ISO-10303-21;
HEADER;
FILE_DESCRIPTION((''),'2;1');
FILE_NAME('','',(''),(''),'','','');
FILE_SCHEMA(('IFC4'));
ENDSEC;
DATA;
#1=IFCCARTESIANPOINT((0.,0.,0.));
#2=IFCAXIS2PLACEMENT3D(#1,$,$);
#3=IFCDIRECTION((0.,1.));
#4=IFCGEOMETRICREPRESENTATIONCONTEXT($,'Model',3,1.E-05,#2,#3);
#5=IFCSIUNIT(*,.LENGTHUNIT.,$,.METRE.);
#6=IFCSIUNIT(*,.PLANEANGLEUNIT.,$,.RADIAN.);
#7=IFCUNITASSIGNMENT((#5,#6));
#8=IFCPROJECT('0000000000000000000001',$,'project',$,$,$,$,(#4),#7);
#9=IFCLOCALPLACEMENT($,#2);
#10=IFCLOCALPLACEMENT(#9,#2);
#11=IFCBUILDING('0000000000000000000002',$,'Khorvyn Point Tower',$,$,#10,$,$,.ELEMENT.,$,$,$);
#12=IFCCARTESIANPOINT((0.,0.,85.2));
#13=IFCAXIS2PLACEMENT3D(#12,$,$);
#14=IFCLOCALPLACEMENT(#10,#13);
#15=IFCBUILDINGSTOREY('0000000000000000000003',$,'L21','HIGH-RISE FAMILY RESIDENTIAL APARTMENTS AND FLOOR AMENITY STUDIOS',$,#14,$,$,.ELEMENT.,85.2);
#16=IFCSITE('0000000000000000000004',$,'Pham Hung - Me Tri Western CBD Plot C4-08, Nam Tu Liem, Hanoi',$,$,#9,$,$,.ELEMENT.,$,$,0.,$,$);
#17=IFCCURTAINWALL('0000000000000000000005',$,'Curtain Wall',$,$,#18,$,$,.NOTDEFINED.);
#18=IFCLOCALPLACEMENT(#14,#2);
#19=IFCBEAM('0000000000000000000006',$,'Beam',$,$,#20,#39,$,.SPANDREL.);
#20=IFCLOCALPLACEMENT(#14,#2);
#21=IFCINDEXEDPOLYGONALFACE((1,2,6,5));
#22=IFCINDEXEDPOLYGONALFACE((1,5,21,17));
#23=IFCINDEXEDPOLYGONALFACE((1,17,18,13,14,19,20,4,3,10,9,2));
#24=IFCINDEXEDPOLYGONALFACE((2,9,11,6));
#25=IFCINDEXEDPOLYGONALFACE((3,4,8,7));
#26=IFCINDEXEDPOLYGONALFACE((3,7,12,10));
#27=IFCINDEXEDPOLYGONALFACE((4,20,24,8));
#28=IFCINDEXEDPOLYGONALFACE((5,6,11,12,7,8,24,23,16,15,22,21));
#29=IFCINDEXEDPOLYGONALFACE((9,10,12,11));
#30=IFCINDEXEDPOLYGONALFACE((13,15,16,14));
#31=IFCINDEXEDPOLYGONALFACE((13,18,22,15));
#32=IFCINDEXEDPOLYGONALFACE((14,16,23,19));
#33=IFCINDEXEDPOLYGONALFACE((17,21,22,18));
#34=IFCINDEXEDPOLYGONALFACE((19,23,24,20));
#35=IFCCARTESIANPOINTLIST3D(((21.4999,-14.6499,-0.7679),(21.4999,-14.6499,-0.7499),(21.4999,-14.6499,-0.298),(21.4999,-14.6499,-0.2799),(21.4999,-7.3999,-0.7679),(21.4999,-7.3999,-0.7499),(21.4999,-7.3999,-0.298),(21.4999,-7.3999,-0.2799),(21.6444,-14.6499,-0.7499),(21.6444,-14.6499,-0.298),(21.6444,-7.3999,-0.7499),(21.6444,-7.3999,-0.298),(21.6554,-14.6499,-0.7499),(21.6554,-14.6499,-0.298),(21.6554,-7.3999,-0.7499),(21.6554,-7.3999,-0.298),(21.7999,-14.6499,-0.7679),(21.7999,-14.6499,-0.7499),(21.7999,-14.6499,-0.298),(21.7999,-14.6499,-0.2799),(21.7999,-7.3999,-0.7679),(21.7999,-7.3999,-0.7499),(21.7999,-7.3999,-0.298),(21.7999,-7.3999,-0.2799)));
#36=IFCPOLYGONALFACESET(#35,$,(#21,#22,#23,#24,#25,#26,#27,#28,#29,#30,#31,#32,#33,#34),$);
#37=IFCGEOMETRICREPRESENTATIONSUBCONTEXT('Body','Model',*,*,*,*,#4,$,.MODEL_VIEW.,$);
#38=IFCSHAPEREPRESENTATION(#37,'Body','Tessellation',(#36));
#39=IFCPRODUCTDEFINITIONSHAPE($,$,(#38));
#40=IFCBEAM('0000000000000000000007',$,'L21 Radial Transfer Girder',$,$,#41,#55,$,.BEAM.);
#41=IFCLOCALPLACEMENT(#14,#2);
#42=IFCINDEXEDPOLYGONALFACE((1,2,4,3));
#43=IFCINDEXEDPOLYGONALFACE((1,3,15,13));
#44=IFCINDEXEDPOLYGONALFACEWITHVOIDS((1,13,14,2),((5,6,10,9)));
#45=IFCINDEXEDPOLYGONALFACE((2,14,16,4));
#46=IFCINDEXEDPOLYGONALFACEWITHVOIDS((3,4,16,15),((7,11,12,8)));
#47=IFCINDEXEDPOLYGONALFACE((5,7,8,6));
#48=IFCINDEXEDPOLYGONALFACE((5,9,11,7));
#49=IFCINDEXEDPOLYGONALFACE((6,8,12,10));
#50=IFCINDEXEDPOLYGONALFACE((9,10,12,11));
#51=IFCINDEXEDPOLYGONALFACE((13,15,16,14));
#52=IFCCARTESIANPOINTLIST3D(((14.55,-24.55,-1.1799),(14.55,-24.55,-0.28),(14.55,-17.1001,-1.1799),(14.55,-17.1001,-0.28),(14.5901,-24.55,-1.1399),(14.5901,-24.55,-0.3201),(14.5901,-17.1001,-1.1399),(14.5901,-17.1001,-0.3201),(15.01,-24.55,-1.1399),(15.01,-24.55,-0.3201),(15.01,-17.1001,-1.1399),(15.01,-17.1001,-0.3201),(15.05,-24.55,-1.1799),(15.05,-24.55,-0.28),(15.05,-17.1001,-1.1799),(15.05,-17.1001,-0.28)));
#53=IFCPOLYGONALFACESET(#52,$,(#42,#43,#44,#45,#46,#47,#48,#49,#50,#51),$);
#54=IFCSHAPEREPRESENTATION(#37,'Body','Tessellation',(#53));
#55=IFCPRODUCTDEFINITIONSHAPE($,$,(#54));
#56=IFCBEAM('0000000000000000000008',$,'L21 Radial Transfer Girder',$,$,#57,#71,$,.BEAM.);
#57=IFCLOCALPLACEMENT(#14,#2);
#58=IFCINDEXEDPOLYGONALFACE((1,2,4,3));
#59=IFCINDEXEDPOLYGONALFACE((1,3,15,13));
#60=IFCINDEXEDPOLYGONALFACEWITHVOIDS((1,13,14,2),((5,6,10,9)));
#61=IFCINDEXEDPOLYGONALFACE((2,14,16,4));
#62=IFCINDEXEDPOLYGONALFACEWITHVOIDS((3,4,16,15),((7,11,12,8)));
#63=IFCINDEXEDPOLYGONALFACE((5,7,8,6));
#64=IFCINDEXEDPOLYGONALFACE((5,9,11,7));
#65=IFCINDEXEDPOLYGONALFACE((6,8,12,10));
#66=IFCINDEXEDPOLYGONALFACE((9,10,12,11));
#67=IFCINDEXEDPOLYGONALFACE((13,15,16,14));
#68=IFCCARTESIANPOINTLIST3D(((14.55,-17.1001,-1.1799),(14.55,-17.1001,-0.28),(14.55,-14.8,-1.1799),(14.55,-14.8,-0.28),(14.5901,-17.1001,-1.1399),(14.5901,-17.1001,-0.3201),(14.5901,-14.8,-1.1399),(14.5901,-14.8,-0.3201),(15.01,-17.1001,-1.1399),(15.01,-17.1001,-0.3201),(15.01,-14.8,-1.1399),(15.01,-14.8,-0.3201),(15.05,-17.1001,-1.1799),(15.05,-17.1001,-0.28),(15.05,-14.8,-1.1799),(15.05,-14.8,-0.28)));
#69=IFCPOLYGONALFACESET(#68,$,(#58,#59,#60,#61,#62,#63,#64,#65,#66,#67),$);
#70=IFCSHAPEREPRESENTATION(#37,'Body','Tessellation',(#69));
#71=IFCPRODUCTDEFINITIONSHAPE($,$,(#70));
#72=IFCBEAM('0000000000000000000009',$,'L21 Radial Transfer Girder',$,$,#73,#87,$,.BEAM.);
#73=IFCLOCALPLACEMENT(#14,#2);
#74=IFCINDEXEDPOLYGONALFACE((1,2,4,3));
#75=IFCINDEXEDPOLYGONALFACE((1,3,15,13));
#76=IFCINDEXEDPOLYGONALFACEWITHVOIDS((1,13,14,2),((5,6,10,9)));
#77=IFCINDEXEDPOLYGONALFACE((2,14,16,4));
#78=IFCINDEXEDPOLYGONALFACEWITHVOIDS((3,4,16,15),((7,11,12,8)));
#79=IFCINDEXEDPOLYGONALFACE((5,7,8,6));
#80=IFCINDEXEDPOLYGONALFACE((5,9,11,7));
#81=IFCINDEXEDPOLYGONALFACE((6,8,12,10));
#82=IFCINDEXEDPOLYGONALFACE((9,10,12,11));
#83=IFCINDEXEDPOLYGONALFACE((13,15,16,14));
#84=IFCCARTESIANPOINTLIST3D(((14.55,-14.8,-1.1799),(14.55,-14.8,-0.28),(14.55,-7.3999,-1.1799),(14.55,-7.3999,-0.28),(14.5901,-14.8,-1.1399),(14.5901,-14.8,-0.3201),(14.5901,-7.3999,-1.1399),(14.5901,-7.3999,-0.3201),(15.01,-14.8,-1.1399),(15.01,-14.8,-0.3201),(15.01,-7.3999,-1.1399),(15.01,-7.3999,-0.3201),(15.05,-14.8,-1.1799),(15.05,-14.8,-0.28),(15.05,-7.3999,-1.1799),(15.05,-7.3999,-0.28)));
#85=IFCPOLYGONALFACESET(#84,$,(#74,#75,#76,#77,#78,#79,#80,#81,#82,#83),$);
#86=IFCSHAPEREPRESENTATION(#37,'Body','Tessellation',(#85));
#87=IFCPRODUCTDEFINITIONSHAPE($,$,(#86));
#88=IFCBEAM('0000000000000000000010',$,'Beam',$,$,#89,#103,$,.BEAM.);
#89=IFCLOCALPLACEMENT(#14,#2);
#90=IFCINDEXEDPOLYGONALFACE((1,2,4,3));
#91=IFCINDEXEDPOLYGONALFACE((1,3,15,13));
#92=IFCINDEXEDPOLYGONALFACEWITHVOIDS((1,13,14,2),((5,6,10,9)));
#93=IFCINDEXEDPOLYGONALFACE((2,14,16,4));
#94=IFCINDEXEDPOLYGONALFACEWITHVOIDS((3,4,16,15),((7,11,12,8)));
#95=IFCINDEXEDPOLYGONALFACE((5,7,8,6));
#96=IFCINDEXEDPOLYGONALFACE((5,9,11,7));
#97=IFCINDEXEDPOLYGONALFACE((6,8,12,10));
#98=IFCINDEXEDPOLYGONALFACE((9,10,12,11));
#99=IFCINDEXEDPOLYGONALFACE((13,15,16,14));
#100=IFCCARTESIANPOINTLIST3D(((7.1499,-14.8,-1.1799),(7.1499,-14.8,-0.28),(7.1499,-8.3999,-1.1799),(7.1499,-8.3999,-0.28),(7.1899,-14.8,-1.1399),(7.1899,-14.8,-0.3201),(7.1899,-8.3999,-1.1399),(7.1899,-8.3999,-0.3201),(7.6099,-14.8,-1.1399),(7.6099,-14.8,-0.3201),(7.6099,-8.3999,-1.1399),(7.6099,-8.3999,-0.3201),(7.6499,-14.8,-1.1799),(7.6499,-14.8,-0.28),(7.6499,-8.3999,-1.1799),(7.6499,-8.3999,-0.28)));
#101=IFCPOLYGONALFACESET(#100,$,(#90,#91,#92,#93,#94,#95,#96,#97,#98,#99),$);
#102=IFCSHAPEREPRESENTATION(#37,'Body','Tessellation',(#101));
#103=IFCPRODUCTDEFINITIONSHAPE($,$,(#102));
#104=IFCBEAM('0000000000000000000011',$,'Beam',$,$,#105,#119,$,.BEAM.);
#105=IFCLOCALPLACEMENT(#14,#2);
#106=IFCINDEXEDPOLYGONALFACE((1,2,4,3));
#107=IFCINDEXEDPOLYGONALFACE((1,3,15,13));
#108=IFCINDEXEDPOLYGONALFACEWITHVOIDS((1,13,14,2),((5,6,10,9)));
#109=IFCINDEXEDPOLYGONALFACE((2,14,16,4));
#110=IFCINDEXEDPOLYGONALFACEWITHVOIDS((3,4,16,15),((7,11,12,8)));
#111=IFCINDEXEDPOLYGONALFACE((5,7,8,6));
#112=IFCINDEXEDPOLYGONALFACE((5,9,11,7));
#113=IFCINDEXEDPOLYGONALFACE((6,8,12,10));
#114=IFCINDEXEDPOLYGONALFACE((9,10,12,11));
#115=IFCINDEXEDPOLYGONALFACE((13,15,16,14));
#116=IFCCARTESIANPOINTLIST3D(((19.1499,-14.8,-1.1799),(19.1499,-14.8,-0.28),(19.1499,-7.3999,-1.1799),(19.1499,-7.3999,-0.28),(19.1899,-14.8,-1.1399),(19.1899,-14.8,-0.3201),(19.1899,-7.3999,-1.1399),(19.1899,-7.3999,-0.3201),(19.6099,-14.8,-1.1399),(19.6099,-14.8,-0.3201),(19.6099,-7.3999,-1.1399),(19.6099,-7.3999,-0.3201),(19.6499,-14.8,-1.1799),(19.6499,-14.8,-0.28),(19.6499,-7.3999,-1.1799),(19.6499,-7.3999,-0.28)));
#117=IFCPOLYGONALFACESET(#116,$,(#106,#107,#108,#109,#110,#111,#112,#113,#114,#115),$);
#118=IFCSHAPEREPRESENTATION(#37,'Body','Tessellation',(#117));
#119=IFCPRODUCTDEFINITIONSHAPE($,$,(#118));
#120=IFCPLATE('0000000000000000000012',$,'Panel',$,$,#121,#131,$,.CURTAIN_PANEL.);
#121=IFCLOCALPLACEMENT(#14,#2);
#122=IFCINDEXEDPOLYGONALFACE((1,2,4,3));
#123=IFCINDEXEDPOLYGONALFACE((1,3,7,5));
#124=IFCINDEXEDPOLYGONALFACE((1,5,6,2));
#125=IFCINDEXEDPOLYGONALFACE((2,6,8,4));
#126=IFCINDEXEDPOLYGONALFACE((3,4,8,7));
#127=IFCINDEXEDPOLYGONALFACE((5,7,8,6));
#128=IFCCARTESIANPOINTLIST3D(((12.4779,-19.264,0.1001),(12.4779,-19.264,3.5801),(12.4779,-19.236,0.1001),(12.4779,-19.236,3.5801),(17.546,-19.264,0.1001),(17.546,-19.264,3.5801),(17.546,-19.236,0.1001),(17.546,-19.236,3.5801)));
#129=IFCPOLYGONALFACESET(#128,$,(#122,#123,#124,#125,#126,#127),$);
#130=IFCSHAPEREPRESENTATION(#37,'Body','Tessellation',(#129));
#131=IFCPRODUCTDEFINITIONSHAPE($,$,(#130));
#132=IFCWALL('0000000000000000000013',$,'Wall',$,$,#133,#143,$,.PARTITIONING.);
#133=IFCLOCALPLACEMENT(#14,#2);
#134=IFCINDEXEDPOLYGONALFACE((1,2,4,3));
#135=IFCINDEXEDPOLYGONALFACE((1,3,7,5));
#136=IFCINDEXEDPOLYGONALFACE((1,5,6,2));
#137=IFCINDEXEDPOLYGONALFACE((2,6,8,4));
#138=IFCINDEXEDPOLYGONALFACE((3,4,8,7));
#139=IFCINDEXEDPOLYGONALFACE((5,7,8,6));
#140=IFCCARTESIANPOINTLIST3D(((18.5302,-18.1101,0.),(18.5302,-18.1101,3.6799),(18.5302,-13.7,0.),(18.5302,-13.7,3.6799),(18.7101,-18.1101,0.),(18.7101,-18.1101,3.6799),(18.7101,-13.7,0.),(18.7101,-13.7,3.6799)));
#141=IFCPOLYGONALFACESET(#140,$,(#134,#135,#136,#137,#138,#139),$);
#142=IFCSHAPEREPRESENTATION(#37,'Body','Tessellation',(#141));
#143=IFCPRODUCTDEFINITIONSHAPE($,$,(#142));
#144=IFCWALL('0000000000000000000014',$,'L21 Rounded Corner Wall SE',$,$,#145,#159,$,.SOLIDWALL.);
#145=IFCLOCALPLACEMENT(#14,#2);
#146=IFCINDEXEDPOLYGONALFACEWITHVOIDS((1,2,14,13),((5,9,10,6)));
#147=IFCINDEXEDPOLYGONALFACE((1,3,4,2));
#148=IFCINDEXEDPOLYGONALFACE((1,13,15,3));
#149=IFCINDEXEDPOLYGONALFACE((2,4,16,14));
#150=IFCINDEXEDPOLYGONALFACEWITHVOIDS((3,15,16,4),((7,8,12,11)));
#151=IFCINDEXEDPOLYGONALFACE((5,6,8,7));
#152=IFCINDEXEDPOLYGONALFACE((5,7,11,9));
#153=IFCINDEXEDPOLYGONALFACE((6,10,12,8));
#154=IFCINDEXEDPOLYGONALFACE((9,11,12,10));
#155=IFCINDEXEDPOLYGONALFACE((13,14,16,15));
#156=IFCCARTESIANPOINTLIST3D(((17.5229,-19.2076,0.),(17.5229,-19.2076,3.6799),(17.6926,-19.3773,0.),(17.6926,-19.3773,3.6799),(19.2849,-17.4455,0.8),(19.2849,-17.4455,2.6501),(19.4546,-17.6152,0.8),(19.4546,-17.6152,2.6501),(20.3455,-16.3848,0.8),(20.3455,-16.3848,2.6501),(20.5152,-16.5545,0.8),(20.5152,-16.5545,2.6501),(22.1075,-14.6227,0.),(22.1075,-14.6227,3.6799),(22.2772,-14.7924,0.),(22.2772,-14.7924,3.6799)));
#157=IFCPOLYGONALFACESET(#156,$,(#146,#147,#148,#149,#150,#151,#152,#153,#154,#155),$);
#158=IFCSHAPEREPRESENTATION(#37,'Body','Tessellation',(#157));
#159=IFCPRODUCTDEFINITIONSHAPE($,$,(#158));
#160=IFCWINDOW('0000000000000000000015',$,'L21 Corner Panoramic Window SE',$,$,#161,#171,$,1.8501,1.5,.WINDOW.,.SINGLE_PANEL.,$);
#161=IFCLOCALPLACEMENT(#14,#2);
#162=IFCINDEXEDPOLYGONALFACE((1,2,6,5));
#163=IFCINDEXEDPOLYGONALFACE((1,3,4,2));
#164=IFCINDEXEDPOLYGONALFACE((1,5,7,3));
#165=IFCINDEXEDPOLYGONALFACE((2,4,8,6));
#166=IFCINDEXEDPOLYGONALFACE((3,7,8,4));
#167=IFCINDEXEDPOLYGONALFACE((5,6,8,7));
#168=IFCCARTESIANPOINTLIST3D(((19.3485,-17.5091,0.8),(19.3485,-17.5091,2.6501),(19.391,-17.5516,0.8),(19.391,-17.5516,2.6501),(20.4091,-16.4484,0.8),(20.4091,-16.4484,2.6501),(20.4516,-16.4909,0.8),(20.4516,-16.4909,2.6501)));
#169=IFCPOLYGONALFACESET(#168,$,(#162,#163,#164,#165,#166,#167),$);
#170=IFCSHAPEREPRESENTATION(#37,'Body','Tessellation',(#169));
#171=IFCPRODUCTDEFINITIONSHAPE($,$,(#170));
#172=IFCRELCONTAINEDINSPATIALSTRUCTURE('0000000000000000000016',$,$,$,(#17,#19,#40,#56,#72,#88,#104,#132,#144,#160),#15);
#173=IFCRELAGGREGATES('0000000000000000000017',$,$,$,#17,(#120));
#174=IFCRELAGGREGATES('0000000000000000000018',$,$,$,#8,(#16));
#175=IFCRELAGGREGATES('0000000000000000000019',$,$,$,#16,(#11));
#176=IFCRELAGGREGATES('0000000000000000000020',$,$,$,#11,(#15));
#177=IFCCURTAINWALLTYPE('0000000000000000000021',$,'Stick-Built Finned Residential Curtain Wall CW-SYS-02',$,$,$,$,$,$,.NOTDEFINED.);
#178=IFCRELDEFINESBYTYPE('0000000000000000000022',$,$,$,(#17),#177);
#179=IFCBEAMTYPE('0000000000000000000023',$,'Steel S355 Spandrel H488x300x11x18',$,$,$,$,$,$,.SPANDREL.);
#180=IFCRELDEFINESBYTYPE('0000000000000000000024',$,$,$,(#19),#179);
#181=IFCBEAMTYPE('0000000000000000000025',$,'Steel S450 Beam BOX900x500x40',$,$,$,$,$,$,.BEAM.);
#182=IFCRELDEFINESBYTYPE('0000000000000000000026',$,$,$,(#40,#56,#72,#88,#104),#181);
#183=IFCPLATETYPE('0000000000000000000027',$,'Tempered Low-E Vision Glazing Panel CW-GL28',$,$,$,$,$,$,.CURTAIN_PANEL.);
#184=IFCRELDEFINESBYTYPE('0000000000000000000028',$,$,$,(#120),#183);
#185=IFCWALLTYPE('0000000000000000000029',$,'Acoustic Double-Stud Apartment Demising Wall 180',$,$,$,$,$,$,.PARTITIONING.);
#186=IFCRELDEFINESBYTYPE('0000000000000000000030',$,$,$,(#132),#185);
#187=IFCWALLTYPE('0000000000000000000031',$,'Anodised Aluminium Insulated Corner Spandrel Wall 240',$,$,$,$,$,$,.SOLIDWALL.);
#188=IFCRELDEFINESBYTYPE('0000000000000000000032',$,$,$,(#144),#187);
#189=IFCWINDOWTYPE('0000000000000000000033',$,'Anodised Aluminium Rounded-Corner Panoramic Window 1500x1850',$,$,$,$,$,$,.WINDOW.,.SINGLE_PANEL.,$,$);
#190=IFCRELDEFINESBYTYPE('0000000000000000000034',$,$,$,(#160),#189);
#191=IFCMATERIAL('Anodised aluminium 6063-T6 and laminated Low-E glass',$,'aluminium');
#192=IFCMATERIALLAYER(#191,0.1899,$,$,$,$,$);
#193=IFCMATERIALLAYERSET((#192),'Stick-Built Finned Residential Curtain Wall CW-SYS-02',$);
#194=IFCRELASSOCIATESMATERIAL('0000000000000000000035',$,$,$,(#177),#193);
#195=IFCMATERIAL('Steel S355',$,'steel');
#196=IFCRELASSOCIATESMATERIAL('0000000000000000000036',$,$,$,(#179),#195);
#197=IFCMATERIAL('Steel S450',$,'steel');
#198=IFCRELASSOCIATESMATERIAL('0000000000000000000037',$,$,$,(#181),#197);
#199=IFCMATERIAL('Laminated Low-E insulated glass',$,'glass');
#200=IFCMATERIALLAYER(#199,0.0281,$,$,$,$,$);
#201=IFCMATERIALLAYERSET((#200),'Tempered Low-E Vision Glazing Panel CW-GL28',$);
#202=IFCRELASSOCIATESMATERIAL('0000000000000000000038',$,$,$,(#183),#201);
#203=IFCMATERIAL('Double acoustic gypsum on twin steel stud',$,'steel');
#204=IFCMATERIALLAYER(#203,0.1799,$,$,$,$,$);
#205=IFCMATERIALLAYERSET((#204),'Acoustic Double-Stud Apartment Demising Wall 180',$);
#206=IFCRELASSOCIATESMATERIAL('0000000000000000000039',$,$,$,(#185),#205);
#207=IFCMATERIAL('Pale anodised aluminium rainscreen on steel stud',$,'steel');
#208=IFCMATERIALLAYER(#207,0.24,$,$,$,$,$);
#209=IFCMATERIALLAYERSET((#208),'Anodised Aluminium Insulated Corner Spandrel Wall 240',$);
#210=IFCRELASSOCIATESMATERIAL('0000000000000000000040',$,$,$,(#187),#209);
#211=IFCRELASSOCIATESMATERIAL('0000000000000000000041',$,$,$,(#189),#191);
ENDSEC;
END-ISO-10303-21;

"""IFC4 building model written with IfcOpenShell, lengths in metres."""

from ifc_helpers import new_model, si_unit, direction, frame, frame_2d, origin, origin_2d, place, context, subcontext, project, spatial, rectangle, hollow_rectangle, i_section, extrude, material, layer, layer_set, material_profile, profile_set, type_object, element, fill, aggregate, save


model = new_model("IFC4")

# Units and contexts
model_context = context("Model", 3, precision=1e-05, world=origin(), true_north=direction((0.0, 1.0)))
body_context = subcontext(model_context, "Body", "Model", "MODEL_VIEW")
ifc_project = project(units=[si_unit("LENGTHUNIT", "METRE"), si_unit("PLANEANGLEUNIT", "RADIAN")], contexts=[model_context])

# Site, building, storey
site_placement = place(None, origin())
site = spatial("IfcSite", under=ifc_project, at=site_placement, Name="Pham Hung - Me Tri Western CBD Plot C4-08, Nam Tu Liem, Hanoi", CompositionType="ELEMENT", RefElevation=0.0)
building_placement = place(site_placement, origin())
building = spatial("IfcBuilding", under=site, at=building_placement, Name="Khorvyn Point Tower", CompositionType="ELEMENT")
storey_placement = place(building_placement, frame((0.0, 0.0, 85.2)))
storey = spatial("IfcBuildingStorey", under=building, at=storey_placement, Name="L21", Description="HIGH-RISE FAMILY RESIDENTIAL APARTMENTS AND FLOOR AMENITY STUDIOS", CompositionType="ELEMENT", Elevation=85.2)

# Shared definitions
ifc_material_1 = material(Name="Steel S450", Category="steel")

# Curtain wall
ifc_material_2 = material(Name="Anodised aluminium 6063-T6 and laminated Low-E glass", Category="aluminium")
ifc_layer_1 = layer(ifc_material_2, 0.1899)
ifc_layer_set_1 = layer_set([ifc_layer_1], Name="Stick-Built Finned Residential Curtain Wall CW-SYS-02")
curtain_wall_type = type_object("IfcCurtainWallType", Name="Stick-Built Finned Residential Curtain Wall CW-SYS-02", PredefinedType="NOTDEFINED", material=ifc_layer_set_1)
curtain_wall_1_placement = place(storey_placement, origin())
curtain_wall_1 = element("IfcCurtainWall", 1, at=curtain_wall_1_placement, inside=storey, type_object=curtain_wall_type, Name="Curtain Wall", PredefinedType="NOTDEFINED")

# Beams
ifc_material_3 = material(Name="Steel S355", Category="steel")
ifc_material_profile_1 = material_profile(ifc_material_3, i_section(OverallWidth=0.3, OverallDepth=0.488, WebThickness=0.011, FlangeThickness=0.0181, at=origin_2d()))
ifc_profile_set_1 = profile_set([ifc_material_profile_1], Name="Steel S355 H488x300x11x18")
beam_type_1 = type_object("IfcBeamType", Name="Steel S355 Spandrel H488x300x11x18", PredefinedType="SPANDREL", material=ifc_profile_set_1)
beam_1_placement = place(storey_placement, frame((21.6499, -14.6499, -0.5239), z_axis=(0.0, 1.0, 0.0), x_axis=(-1.0, 0.0, 0.0)))
element("IfcBeam", 2, at=beam_1_placement, inside=storey, type_object=beam_type_1, Name="Beam", PredefinedType="SPANDREL", context=body_context, shape_type="SweptSolid", body=[
    extrude(i_section(OverallWidth=0.3, OverallDepth=0.488, WebThickness=0.011, FlangeThickness=0.0181, at=origin_2d()), origin(), (0.0, 0.0, 1.0), 7.25),
])
ifc_material_profile_2 = material_profile(ifc_material_1, hollow_rectangle(XDim=0.5, YDim=0.8999, WallThickness=0.04, at=origin_2d()))
ifc_profile_set_2 = profile_set([ifc_material_profile_2], Name="Steel S450 BOX900x500x40")
beam_type_2 = type_object("IfcBeamType", Name="Steel S450 Beam BOX900x500x40", PredefinedType="BEAM", material=ifc_profile_set_2)
beam_2_placement = place(storey_placement, frame((14.8, -24.55, -0.73), z_axis=(0.0, 1.0, 0.0), x_axis=(-1.0, 0.0, 0.0)))
element("IfcBeam", 3, at=beam_2_placement, inside=storey, type_object=beam_type_2, Name="L21 Radial Transfer Girder", PredefinedType="BEAM", context=body_context, shape_type="SweptSolid", body=[
    extrude(hollow_rectangle(XDim=0.5, YDim=0.8999, WallThickness=0.04, at=origin_2d()), origin(), (0.0, 0.0, 1.0), 7.45),
])
beam_3_placement = place(storey_placement, frame((14.8, -17.1001, -0.73), z_axis=(0.0, 1.0, 0.0), x_axis=(-1.0, 0.0, 0.0)))
element("IfcBeam", 4, at=beam_3_placement, inside=storey, type_object=beam_type_2, Name="L21 Radial Transfer Girder", PredefinedType="BEAM", context=body_context, shape_type="SweptSolid", body=[
    extrude(hollow_rectangle(XDim=0.5, YDim=0.8999, WallThickness=0.04, at=origin_2d()), origin(), (0.0, 0.0, 1.0), 2.3),
])
beam_4_placement = place(storey_placement, frame((14.8, -14.8, -0.73), z_axis=(0.0, 1.0, 0.0), x_axis=(-1.0, 0.0, 0.0)))
element("IfcBeam", 5, at=beam_4_placement, inside=storey, type_object=beam_type_2, Name="L21 Radial Transfer Girder", PredefinedType="BEAM", context=body_context, shape_type="SweptSolid", body=[
    extrude(hollow_rectangle(XDim=0.5, YDim=0.8999, WallThickness=0.04, at=origin_2d()), origin(), (0.0, 0.0, 1.0), 7.4001),
])
beam_5_placement = place(storey_placement, frame((7.3999, -14.8, -0.73), z_axis=(0.0, 1.0, 0.0), x_axis=(-1.0, 0.0, 0.0)))
element("IfcBeam", 6, at=beam_5_placement, inside=storey, type_object=beam_type_2, Name="Beam", PredefinedType="BEAM", context=body_context, shape_type="SweptSolid", body=[
    extrude(hollow_rectangle(XDim=0.5, YDim=0.8999, WallThickness=0.04, at=origin_2d()), origin(), (0.0, 0.0, 1.0), 6.4001),
])
beam_6_placement = place(storey_placement, frame((19.3999, -14.8, -0.73), z_axis=(0.0, 1.0, 0.0), x_axis=(-1.0, 0.0, 0.0)))
element("IfcBeam", 7, at=beam_6_placement, inside=storey, type_object=beam_type_2, Name="Beam", PredefinedType="BEAM", context=body_context, shape_type="SweptSolid", body=[
    extrude(hollow_rectangle(XDim=0.5, YDim=0.8999, WallThickness=0.04, at=origin_2d()), origin(), (0.0, 0.0, 1.0), 7.4001),
])

# Plate
ifc_material_4 = material(Name="Laminated Low-E insulated glass", Category="glass")
ifc_layer_2 = layer(ifc_material_4, 0.0281)
ifc_layer_set_2 = layer_set([ifc_layer_2], Name="Tempered Low-E Vision Glazing Panel CW-GL28")
plate_type = type_object("IfcPlateType", Name="Tempered Low-E Vision Glazing Panel CW-GL28", PredefinedType="CURTAIN_PANEL", material=ifc_layer_set_2)
plate_placement = place(storey_placement, frame((15.012, -19.25, 0.1001), z_axis=(0.0, 0.0, 1.0), x_axis=(-1.0, 0.0, 0.0)))
plate = element("IfcPlate", 8, at=plate_placement, type_object=plate_type, Name="Panel", PredefinedType="CURTAIN_PANEL", context=body_context, shape_type="SweptSolid", body=[
    extrude(rectangle(XDim=5.0681, YDim=0.0281, at=origin_2d()), origin(), (0.0, 0.0, 1.0), 3.48),
])
aggregate(curtain_wall_1, [plate])

# Wall
ifc_material_5 = material(Name="Double acoustic gypsum on twin steel stud", Category="steel")
ifc_layer_3 = layer(ifc_material_5, 0.1799)
ifc_layer_set_3 = layer_set([ifc_layer_3], Name="Acoustic Double-Stud Apartment Demising Wall 180")
wall_type_1 = type_object("IfcWallType", Name="Acoustic Double-Stud Apartment Demising Wall 180", PredefinedType="PARTITIONING", material=ifc_layer_set_3)
wall_1_placement = place(storey_placement, frame((18.6201, -18.1101, 0.0), z_axis=(0.0, 0.0, 1.0), x_axis=(0.0, 1.0, 0.0)))
element("IfcWall", 9, at=wall_1_placement, inside=storey, type_object=wall_type_1, Name="Wall", PredefinedType="PARTITIONING", context=body_context, shape_type="SweptSolid", body=[
    extrude(rectangle(XDim=4.4102, YDim=0.1799, at=frame_2d((2.2051, 0.0))), origin(), (0.0, 0.0, 1.0), 3.6799),
])

# Wall, opening, window
ifc_material_6 = material(Name="Pale anodised aluminium rainscreen on steel stud", Category="steel")
ifc_layer_4 = layer(ifc_material_6, 0.24)
ifc_layer_set_4 = layer_set([ifc_layer_4], Name="Anodised Aluminium Insulated Corner Spandrel Wall 240")
wall_type_2 = type_object("IfcWallType", Name="Anodised Aluminium Insulated Corner Spandrel Wall 240", PredefinedType="SOLIDWALL", material=ifc_layer_set_4)
wall_2_placement = place(storey_placement, frame((22.1924, -14.7075, 0.0), z_axis=(0.0, 0.0, 1.0), x_axis=(-0.707088, -0.707126, 0.0)))
wall_2 = element("IfcWall", 10, at=wall_2_placement, inside=storey, type_object=wall_type_2, Name="L21 Rounded Corner Wall SE", PredefinedType="SOLIDWALL", context=body_context, shape_type="SweptSolid", body=[
    extrude(rectangle(XDim=6.4839, YDim=0.24, at=frame_2d((3.2419, 0.0))), origin(), (0.0, 0.0, 1.0), 3.6799),
])
opening_1_placement = place(wall_2_placement, frame((2.4919, 0.0, 0.8)))
opening_1 = element("IfcOpeningElement", 11, at=opening_1_placement, cuts=wall_2, PredefinedType="OPENING", context=body_context, shape_type="SweptSolid", body=[
    extrude(rectangle(XDim=1.5, YDim=1.8501, at=frame_2d((0.75, 0.925))), frame((0.0, 0.1299, 0.0), z_axis=(0.0, -1.0, 0.0), x_axis=(1.0, 0.0, 0.0)), (0.0, 0.0, 1.0), 0.26),
])
window_type = type_object("IfcWindowType", Name="Anodised Aluminium Rounded-Corner Panoramic Window 1500x1850", PartitioningType="SINGLE_PANEL", PredefinedType="WINDOW", material=ifc_material_2)
window_placement = place(opening_1_placement, origin())
window = element("IfcWindow", 12, at=window_placement, inside=storey, type_object=window_type, Name="L21 Corner Panoramic Window SE", OverallHeight=1.8501, OverallWidth=1.5, PartitioningType="SINGLE_PANEL", PredefinedType="WINDOW", context=body_context, shape_type="SweptSolid", body=[
    extrude(rectangle(XDim=1.5, YDim=1.8501, at=frame_2d((0.75, 0.925))), frame((0.0, 0.03, 0.0), z_axis=(0.0, -1.0, 0.0), x_axis=(1.0, 0.0, 0.0)), (0.0, 0.0, 1.0), 0.0601),
])
fill(opening_1, window)

save(model, "model.ifc")
